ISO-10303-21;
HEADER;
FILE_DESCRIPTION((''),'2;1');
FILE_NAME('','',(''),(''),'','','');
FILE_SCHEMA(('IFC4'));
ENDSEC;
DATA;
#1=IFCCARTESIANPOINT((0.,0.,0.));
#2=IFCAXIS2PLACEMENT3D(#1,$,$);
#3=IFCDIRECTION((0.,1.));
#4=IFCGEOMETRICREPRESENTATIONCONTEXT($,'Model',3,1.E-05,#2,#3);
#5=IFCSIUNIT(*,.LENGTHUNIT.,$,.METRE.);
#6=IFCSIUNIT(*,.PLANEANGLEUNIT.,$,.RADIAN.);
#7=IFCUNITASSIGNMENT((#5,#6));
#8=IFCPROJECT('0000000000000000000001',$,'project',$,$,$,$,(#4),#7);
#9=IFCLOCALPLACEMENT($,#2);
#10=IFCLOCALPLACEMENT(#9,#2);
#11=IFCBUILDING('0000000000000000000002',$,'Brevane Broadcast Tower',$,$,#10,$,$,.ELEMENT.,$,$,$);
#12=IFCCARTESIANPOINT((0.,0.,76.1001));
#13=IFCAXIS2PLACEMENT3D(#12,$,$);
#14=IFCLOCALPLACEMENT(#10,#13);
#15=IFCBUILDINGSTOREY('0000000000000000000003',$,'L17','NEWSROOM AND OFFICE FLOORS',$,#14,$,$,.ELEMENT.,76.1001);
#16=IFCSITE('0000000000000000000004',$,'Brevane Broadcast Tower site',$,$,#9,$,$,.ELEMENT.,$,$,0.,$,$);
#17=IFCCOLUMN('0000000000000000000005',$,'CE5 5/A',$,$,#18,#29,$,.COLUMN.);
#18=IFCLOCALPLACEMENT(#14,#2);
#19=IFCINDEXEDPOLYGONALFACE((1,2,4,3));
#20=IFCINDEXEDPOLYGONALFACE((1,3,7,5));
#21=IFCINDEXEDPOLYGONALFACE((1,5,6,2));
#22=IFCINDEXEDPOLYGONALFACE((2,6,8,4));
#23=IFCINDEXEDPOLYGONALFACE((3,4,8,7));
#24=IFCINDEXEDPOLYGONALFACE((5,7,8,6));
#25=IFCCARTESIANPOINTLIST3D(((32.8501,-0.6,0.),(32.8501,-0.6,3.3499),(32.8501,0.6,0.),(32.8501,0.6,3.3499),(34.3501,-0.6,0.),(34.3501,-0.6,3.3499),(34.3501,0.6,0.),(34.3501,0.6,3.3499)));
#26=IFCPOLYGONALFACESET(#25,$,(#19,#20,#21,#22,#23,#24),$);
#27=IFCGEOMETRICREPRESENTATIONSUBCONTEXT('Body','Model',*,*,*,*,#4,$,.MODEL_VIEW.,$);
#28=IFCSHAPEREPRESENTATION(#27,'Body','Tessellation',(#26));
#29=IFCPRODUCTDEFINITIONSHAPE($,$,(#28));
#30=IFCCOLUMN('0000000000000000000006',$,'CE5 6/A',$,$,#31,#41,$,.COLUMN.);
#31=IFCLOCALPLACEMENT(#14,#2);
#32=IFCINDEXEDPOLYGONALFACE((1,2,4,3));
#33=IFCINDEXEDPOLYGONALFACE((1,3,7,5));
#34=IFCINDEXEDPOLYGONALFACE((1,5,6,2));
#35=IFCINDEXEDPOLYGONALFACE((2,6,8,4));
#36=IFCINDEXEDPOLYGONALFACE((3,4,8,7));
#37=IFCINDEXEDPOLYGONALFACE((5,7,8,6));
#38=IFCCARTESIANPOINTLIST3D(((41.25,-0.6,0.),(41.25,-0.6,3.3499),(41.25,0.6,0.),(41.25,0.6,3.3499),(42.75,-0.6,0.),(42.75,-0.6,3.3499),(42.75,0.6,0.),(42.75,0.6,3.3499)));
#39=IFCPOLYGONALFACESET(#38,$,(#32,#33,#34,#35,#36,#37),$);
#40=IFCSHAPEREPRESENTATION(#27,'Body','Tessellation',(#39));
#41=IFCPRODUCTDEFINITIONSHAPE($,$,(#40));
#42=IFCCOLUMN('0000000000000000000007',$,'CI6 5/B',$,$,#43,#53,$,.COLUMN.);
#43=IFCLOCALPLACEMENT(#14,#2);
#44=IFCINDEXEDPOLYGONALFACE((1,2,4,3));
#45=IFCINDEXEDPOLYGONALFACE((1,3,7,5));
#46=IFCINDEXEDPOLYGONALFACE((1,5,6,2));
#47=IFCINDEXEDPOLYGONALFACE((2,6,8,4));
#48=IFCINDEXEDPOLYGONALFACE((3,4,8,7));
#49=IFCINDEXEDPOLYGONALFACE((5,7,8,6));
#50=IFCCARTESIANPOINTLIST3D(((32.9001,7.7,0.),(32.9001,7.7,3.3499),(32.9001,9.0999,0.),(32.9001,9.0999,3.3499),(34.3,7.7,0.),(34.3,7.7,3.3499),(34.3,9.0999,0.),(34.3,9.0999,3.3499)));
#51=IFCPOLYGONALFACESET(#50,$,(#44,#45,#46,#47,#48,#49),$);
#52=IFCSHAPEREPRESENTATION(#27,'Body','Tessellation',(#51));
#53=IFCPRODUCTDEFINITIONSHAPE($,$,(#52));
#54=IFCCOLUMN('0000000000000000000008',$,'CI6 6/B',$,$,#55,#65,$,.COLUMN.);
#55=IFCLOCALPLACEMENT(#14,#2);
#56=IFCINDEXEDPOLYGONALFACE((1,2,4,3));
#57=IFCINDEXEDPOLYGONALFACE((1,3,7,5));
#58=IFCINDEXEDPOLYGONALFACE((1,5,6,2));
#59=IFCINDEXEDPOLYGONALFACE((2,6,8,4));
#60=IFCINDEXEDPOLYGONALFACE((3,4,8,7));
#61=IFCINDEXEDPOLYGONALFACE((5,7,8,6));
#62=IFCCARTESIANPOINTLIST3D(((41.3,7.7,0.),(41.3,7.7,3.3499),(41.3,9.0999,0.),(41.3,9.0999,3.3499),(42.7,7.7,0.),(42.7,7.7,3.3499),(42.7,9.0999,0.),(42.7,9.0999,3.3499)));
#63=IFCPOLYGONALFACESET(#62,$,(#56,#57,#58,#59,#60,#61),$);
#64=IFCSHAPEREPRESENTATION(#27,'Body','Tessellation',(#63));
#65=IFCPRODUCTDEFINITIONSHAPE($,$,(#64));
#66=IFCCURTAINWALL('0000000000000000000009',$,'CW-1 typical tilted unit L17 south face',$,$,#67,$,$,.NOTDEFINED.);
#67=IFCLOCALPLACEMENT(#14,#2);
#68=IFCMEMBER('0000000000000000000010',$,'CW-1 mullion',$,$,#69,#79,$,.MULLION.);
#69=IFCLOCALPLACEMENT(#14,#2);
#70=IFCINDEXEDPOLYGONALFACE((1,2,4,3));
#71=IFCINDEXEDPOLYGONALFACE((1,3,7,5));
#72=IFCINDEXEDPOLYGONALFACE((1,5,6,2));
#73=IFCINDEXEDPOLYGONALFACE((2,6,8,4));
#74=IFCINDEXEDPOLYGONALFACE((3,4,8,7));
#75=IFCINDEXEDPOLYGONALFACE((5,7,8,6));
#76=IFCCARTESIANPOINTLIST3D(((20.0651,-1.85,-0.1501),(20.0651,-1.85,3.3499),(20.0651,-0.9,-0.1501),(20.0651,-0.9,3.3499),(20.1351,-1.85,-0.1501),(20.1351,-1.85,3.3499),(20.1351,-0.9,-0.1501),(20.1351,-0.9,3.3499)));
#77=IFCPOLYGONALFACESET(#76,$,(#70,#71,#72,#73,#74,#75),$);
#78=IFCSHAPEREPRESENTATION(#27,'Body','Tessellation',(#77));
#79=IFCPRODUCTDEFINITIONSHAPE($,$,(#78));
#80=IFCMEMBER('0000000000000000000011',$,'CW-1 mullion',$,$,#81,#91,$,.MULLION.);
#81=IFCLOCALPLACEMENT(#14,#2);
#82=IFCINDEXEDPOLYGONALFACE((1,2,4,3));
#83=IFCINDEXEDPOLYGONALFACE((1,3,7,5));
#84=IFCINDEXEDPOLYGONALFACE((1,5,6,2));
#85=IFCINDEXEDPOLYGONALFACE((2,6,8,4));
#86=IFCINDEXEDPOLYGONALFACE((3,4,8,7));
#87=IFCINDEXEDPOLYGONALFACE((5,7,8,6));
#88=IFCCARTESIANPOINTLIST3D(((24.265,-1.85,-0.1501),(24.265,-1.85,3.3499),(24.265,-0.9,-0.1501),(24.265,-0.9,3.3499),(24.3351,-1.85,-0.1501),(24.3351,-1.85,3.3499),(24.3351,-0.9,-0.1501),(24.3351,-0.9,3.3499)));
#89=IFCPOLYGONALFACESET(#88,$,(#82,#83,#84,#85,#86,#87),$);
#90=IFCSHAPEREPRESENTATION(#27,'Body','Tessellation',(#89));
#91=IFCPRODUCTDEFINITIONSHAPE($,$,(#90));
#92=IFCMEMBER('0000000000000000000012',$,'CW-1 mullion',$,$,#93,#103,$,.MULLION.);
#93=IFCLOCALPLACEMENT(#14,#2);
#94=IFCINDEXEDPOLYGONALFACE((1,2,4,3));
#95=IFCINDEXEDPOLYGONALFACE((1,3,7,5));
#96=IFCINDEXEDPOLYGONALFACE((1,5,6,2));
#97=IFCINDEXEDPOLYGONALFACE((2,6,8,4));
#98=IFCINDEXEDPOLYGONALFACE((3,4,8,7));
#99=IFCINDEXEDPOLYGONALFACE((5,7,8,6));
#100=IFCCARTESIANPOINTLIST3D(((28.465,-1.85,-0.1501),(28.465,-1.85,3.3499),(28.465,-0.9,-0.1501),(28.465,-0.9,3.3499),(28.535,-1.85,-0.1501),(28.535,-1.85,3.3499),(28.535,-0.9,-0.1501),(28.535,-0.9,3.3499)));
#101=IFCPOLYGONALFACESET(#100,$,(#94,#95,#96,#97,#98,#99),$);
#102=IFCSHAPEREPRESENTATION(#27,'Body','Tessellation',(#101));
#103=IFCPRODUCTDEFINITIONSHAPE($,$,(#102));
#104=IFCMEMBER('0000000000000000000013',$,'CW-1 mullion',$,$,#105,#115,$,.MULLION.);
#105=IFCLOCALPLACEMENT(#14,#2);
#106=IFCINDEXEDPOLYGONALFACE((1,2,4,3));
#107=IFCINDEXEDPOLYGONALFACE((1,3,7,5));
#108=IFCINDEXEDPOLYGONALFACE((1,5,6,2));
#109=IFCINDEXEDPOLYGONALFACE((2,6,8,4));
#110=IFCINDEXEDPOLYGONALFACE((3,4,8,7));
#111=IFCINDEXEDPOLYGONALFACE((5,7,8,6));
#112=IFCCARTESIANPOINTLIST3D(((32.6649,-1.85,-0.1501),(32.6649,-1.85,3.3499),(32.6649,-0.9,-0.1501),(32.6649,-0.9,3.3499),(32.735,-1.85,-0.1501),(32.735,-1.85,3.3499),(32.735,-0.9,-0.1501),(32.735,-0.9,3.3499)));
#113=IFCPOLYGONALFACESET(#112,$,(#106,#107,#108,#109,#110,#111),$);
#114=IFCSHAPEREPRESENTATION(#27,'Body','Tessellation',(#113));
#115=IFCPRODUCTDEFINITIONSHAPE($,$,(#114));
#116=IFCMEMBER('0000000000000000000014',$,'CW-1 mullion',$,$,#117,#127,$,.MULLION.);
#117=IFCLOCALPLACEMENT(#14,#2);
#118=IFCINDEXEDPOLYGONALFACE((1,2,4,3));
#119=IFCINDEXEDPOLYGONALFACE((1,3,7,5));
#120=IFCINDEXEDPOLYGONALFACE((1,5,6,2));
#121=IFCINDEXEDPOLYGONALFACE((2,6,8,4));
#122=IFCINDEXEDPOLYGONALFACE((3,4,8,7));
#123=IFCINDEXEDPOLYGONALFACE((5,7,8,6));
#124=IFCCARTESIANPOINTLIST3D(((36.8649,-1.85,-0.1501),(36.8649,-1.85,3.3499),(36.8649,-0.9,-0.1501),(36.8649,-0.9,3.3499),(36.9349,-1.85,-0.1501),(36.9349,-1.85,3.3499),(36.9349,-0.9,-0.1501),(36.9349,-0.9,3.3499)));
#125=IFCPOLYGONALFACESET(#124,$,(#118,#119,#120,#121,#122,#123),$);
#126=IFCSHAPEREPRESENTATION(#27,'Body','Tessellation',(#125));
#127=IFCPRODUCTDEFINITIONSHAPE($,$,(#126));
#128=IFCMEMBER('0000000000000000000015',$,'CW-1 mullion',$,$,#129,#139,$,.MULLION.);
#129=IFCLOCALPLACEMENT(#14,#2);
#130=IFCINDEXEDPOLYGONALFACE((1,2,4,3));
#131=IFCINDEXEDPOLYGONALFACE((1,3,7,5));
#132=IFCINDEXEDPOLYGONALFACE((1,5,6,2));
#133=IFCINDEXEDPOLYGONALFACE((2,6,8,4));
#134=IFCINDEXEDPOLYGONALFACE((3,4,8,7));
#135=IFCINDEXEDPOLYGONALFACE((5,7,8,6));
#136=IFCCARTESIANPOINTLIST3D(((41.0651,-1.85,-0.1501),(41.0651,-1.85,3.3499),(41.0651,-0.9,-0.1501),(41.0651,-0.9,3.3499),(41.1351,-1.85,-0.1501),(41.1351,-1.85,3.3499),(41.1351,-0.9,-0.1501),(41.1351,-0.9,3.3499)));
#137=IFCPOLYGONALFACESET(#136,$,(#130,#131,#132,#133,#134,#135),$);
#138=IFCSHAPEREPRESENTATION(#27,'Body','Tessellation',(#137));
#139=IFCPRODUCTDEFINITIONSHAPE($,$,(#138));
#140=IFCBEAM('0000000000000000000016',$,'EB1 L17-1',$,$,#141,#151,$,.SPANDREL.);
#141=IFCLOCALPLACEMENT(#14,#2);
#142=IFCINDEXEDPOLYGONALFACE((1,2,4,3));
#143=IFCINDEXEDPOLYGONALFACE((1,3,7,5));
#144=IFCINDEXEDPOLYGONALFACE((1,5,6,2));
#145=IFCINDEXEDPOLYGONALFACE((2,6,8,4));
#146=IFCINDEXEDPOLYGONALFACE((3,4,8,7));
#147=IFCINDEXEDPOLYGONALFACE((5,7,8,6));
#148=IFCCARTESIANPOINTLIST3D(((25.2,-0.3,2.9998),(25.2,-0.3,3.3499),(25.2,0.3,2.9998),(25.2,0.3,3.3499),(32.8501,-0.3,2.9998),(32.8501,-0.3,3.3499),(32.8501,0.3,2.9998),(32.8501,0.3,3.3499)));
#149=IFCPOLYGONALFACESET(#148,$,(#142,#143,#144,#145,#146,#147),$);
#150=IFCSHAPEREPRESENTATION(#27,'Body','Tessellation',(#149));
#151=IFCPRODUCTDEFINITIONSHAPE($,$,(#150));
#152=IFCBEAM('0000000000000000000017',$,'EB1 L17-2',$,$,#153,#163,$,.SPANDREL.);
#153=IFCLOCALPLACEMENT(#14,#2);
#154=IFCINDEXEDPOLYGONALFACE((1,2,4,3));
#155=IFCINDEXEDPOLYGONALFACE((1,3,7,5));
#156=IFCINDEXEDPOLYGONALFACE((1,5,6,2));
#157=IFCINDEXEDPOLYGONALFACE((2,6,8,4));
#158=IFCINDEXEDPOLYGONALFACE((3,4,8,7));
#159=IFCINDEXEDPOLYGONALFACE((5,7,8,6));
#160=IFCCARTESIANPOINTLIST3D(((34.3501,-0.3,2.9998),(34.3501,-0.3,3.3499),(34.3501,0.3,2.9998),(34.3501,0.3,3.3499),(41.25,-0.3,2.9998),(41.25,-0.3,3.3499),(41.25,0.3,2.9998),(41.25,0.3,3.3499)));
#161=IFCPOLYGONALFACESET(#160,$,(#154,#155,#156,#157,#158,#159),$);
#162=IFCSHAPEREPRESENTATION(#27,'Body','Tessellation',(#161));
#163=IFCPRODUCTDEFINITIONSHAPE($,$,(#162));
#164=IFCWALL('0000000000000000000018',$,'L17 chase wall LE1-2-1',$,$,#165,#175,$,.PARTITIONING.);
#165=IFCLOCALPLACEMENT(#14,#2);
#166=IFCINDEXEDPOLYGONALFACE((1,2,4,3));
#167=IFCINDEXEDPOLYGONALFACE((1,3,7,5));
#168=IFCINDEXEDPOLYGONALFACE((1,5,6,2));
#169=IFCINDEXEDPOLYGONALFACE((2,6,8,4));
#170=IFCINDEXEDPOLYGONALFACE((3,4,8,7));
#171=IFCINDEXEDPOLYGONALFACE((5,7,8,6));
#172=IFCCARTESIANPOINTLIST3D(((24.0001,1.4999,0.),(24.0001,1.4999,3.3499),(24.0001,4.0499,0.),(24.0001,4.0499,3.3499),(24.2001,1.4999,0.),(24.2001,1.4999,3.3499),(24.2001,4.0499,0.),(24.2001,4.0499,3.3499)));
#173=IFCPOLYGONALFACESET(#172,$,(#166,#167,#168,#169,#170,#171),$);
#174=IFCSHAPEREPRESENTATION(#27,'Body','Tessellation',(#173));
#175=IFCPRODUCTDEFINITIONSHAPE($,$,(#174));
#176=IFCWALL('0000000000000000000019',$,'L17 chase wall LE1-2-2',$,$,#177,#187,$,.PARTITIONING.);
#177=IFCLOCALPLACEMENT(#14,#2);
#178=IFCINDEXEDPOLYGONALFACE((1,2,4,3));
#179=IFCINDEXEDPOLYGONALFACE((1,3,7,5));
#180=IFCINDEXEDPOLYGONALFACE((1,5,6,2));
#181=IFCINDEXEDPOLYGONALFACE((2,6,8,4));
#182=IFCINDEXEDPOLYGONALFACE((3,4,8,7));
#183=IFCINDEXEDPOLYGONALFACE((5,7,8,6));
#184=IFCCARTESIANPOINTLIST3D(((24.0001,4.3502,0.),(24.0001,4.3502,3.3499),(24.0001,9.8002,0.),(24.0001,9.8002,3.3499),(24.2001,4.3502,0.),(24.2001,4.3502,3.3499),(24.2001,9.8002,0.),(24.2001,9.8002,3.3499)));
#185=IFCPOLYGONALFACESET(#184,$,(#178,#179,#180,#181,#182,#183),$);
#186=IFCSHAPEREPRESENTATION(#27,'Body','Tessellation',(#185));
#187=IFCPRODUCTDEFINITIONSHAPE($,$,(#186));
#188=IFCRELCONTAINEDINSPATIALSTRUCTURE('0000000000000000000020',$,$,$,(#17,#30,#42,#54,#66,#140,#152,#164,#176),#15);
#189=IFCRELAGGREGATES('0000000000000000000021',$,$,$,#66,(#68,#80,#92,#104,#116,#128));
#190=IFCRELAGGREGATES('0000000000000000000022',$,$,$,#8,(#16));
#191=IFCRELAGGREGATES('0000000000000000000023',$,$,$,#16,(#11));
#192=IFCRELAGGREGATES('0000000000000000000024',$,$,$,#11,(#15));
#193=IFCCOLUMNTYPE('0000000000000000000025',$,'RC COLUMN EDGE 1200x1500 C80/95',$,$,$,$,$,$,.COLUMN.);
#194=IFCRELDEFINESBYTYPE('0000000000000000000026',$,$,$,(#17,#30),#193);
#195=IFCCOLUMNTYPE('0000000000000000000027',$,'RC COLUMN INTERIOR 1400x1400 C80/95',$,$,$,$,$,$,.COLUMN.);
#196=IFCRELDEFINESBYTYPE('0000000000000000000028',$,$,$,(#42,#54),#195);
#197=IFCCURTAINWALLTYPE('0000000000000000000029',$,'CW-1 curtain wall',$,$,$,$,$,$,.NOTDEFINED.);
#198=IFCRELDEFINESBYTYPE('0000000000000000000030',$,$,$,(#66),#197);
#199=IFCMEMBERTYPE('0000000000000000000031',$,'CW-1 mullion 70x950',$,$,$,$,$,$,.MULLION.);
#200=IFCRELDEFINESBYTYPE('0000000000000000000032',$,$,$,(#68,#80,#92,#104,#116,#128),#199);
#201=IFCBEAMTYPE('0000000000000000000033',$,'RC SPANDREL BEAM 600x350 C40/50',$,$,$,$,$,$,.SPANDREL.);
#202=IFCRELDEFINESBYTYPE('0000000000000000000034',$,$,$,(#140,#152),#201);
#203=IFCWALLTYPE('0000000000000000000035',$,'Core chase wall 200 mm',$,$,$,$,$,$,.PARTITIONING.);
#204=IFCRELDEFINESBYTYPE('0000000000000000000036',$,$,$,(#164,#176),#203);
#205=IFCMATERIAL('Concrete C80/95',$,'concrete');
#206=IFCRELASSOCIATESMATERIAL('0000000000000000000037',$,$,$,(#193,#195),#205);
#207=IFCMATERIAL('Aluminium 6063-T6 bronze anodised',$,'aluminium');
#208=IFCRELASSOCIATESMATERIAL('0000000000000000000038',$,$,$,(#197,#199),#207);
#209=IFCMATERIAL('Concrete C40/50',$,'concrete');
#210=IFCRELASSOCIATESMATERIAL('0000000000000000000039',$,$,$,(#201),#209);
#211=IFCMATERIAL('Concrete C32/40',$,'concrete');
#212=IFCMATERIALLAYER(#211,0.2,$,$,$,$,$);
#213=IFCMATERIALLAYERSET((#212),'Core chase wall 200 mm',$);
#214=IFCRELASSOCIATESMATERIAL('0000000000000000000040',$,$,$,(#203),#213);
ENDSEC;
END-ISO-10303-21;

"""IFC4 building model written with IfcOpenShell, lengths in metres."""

from ifc_helpers import new_model, si_unit, direction, frame, frame_2d, origin, origin_2d, place, context, subcontext, project, spatial, rectangle, extrude, material, layer, layer_set, material_profile, profile_set, type_object, element, aggregate, save


model = new_model("IFC4")

# Units and contexts
model_context = context("Model", 3, precision=1e-05, world=origin(), true_north=direction((0.0, 1.0)))
body_context = subcontext(model_context, "Body", "Model", "MODEL_VIEW")
ifc_project = project(units=[si_unit("LENGTHUNIT", "METRE"), si_unit("PLANEANGLEUNIT", "RADIAN")], contexts=[model_context])

# Site, building, storey
site_placement = place(None, origin())
site = spatial("IfcSite", under=ifc_project, at=site_placement, Name="Brevane Broadcast Tower site", CompositionType="ELEMENT", RefElevation=0.0)
building_placement = place(site_placement, origin())
building = spatial("IfcBuilding", under=site, at=building_placement, Name="Brevane Broadcast Tower", CompositionType="ELEMENT")
storey_placement = place(building_placement, frame((0.0, 0.0, 76.1001)))
storey = spatial("IfcBuildingStorey", under=building, at=storey_placement, Name="L17", Description="NEWSROOM AND OFFICE FLOORS", CompositionType="ELEMENT", Elevation=76.1001)

# Columns
ifc_material_1 = material(Name="Concrete C80/95", Category="concrete")
ifc_material_profile_1 = material_profile(ifc_material_1, rectangle(XDim=1.2, YDim=1.5, at=origin_2d()), Name="RC 1200x1500")
ifc_profile_set_1 = profile_set([ifc_material_profile_1], Name="Concrete C80/95")
column_type_1 = type_object("IfcColumnType", Name="RC COLUMN EDGE 1200x1500 C80/95", PredefinedType="COLUMN", material=ifc_profile_set_1)
for number, where, z_axis, x_axis, name in (
    (1, (33.6001, 0.0, 0.0), (0.0, 0.0, 1.0), (0.0, 1.0, 0.0), "CE5 5/A"),
    (2, (42.0, 0.0, 0.0), (0.0, 0.0, 1.0), (0.0, 1.0, 0.0), "CE5 6/A"),
):
    element("IfcColumn", number, at=place(storey_placement, frame(where, z_axis=z_axis, x_axis=x_axis)), inside=storey, type_object=column_type_1, Name=name, PredefinedType="COLUMN", context=body_context, shape_type="SweptSolid", body=[
        extrude(rectangle(XDim=1.2, YDim=1.5, at=origin_2d()), origin(), (0.0, 0.0, 1.0), 3.3499),
    ])
ifc_material_profile_2 = material_profile(ifc_material_1, rectangle(XDim=1.3999, YDim=1.3999, at=origin_2d()), Name="RC 1400x1400")
ifc_profile_set_2 = profile_set([ifc_material_profile_2], Name="Concrete C80/95")
column_type_2 = type_object("IfcColumnType", Name="RC COLUMN INTERIOR 1400x1400 C80/95", PredefinedType="COLUMN", material=ifc_profile_set_2)
for number, where, z_axis, x_axis, name in (
    (3, (33.6001, 8.3999, 0.0), (0.0, 0.0, 1.0), (1.0, 0.0, 0.0), "CI6 5/B"),
    (4, (42.0, 8.3999, 0.0), (0.0, 0.0, 1.0), (1.0, 0.0, 0.0), "CI6 6/B"),
):
    element("IfcColumn", number, at=place(storey_placement, frame(where, z_axis=z_axis, x_axis=x_axis)), inside=storey, type_object=column_type_2, Name=name, PredefinedType="COLUMN", context=body_context, shape_type="SweptSolid", body=[
        extrude(rectangle(XDim=1.3999, YDim=1.3999, at=origin_2d()), origin(), (0.0, 0.0, 1.0), 3.3499),
    ])

# Curtain wall, members
ifc_material_2 = material(Name="Aluminium 6063-T6 bronze anodised", Category="aluminium")
curtain_wall_type = type_object("IfcCurtainWallType", Name="CW-1 curtain wall", PredefinedType="NOTDEFINED", material=ifc_material_2)
curtain_wall_placement = place(storey_placement, origin())
curtain_wall = element("IfcCurtainWall", 5, at=curtain_wall_placement, inside=storey, type_object=curtain_wall_type, Name="CW-1 typical tilted unit L17 south face", PredefinedType="NOTDEFINED")
ifc_material_profile_3 = material_profile(ifc_material_2, rectangle(XDim=0.95, YDim=0.0701, at=origin_2d()), Name="RECT 70x950")
ifc_profile_set_3 = profile_set([ifc_material_profile_3], Name="Aluminium 6063-T6 bronze anodised")
member_type = type_object("IfcMemberType", Name="CW-1 mullion 70x950", PredefinedType="MULLION", material=ifc_profile_set_3)
member_1_placement = place(storey_placement, frame((20.1001, -1.375, -0.1501), z_axis=(0.0, 0.0, 1.0), x_axis=(0.0, 1.0, 0.0)))
member_1 = element("IfcMember", 6, at=member_1_placement, type_object=member_type, Name="CW-1 mullion", PredefinedType="MULLION", context=body_context, shape_type="SweptSolid", body=[
    extrude(rectangle(XDim=0.95, YDim=0.0701, at=origin_2d()), origin(), (0.0, 0.0, 1.0), 3.5),
])
member_2_placement = place(storey_placement, frame((24.3, -1.375, -0.1501), z_axis=(0.0, 0.0, 1.0), x_axis=(0.0, 1.0, 0.0)))
member_2 = element("IfcMember", 7, at=member_2_placement, type_object=member_type, Name="CW-1 mullion", PredefinedType="MULLION", context=body_context, shape_type="SweptSolid", body=[
    extrude(rectangle(XDim=0.95, YDim=0.0701, at=origin_2d()), origin(), (0.0, 0.0, 1.0), 3.5),
])
member_3_placement = place(storey_placement, frame((28.5, -1.375, -0.1501), z_axis=(0.0, 0.0, 1.0), x_axis=(0.0, 1.0, 0.0)))
member_3 = element("IfcMember", 8, at=member_3_placement, type_object=member_type, Name="CW-1 mullion", PredefinedType="MULLION", context=body_context, shape_type="SweptSolid", body=[
    extrude(rectangle(XDim=0.95, YDim=0.0701, at=origin_2d()), origin(), (0.0, 0.0, 1.0), 3.5),
])
member_4_placement = place(storey_placement, frame((32.7, -1.375, -0.1501), z_axis=(0.0, 0.0, 1.0), x_axis=(0.0, 1.0, 0.0)))
member_4 = element("IfcMember", 9, at=member_4_placement, type_object=member_type, Name="CW-1 mullion", PredefinedType="MULLION", context=body_context, shape_type="SweptSolid", body=[
    extrude(rectangle(XDim=0.95, YDim=0.0701, at=origin_2d()), origin(), (0.0, 0.0, 1.0), 3.5),
])
member_5_placement = place(storey_placement, frame((36.8999, -1.375, -0.1501), z_axis=(0.0, 0.0, 1.0), x_axis=(0.0, 1.0, 0.0)))
member_5 = element("IfcMember", 10, at=member_5_placement, type_object=member_type, Name="CW-1 mullion", PredefinedType="MULLION", context=body_context, shape_type="SweptSolid", body=[
    extrude(rectangle(XDim=0.95, YDim=0.0701, at=origin_2d()), origin(), (0.0, 0.0, 1.0), 3.5),
])
member_6_placement = place(storey_placement, frame((41.1001, -1.375, -0.1501), z_axis=(0.0, 0.0, 1.0), x_axis=(0.0, 1.0, 0.0)))
member_6 = element("IfcMember", 11, at=member_6_placement, type_object=member_type, Name="CW-1 mullion", PredefinedType="MULLION", context=body_context, shape_type="SweptSolid", body=[
    extrude(rectangle(XDim=0.95, YDim=0.0701, at=origin_2d()), origin(), (0.0, 0.0, 1.0), 3.5),
])
aggregate(curtain_wall, [member_1, member_2, member_3, member_4, member_5, member_6])

# Beams
ifc_material_3 = material(Name="Concrete C40/50", Category="concrete")
ifc_material_profile_4 = material_profile(ifc_material_3, rectangle(XDim=0.6001, YDim=0.3501, at=origin_2d()), Name="RC 600x350")
ifc_profile_set_4 = profile_set([ifc_material_profile_4], Name="Concrete C40/50")
beam_type = type_object("IfcBeamType", Name="RC SPANDREL BEAM 600x350 C40/50", PredefinedType="SPANDREL", material=ifc_profile_set_4)
beam_1_placement = place(storey_placement, frame((25.2, 0.0, 3.1748), z_axis=(1.0, 0.0, 0.0), x_axis=(0.0, 1.0, 0.0)))
element("IfcBeam", 12, at=beam_1_placement, inside=storey, type_object=beam_type, Name="EB1 L17-1", PredefinedType="SPANDREL", context=body_context, shape_type="SweptSolid", body=[
    extrude(rectangle(XDim=0.6001, YDim=0.3501, at=origin_2d()), origin(), (0.0, 0.0, 1.0), 7.6501),
])
beam_2_placement = place(storey_placement, frame((34.3501, 0.0, 3.1748), z_axis=(1.0, 0.0, 0.0), x_axis=(0.0, 1.0, 0.0)))
element("IfcBeam", 13, at=beam_2_placement, inside=storey, type_object=beam_type, Name="EB1 L17-2", PredefinedType="SPANDREL", context=body_context, shape_type="SweptSolid", body=[
    extrude(rectangle(XDim=0.6001, YDim=0.3501, at=origin_2d()), origin(), (0.0, 0.0, 1.0), 6.8999),
])

# Walls
ifc_material_4 = material(Name="Concrete C32/40", Category="concrete")
ifc_layer_1 = layer(ifc_material_4, 0.2)
ifc_layer_set_1 = layer_set([ifc_layer_1], Name="Core chase wall 200 mm")
wall_type_1 = type_object("IfcWallType", Name="Core chase wall 200 mm", PredefinedType="PARTITIONING", material=ifc_layer_set_1)
wall_1_placement = place(storey_placement, frame((24.1001, 1.5, 0.0), z_axis=(0.0, 0.0, 1.0), x_axis=(0.0, 1.0, 0.0)))
element("IfcWall", 14, at=wall_1_placement, inside=storey, type_object=wall_type_1, Name="L17 chase wall LE1-2-1", PredefinedType="PARTITIONING", context=body_context, shape_type="SweptSolid", body=[
    extrude(rectangle(XDim=2.55, YDim=0.2, at=frame_2d((1.2749, 0.0))), origin(), (0.0, 0.0, 1.0), 3.3499),
])
wall_2_placement = place(storey_placement, frame((24.1001, 4.3501, 0.0), z_axis=(0.0, 0.0, 1.0), x_axis=(0.0, 1.0, 0.0)))
element("IfcWall", 15, at=wall_2_placement, inside=storey, type_object=wall_type_1, Name="L17 chase wall LE1-2-2", PredefinedType="PARTITIONING", context=body_context, shape_type="SweptSolid", body=[
    extrude(rectangle(XDim=5.45, YDim=0.2, at=frame_2d((2.7251, 0.0))), origin(), (0.0, 0.0, 1.0), 3.3499),
])

save(model, "model.ifc")
